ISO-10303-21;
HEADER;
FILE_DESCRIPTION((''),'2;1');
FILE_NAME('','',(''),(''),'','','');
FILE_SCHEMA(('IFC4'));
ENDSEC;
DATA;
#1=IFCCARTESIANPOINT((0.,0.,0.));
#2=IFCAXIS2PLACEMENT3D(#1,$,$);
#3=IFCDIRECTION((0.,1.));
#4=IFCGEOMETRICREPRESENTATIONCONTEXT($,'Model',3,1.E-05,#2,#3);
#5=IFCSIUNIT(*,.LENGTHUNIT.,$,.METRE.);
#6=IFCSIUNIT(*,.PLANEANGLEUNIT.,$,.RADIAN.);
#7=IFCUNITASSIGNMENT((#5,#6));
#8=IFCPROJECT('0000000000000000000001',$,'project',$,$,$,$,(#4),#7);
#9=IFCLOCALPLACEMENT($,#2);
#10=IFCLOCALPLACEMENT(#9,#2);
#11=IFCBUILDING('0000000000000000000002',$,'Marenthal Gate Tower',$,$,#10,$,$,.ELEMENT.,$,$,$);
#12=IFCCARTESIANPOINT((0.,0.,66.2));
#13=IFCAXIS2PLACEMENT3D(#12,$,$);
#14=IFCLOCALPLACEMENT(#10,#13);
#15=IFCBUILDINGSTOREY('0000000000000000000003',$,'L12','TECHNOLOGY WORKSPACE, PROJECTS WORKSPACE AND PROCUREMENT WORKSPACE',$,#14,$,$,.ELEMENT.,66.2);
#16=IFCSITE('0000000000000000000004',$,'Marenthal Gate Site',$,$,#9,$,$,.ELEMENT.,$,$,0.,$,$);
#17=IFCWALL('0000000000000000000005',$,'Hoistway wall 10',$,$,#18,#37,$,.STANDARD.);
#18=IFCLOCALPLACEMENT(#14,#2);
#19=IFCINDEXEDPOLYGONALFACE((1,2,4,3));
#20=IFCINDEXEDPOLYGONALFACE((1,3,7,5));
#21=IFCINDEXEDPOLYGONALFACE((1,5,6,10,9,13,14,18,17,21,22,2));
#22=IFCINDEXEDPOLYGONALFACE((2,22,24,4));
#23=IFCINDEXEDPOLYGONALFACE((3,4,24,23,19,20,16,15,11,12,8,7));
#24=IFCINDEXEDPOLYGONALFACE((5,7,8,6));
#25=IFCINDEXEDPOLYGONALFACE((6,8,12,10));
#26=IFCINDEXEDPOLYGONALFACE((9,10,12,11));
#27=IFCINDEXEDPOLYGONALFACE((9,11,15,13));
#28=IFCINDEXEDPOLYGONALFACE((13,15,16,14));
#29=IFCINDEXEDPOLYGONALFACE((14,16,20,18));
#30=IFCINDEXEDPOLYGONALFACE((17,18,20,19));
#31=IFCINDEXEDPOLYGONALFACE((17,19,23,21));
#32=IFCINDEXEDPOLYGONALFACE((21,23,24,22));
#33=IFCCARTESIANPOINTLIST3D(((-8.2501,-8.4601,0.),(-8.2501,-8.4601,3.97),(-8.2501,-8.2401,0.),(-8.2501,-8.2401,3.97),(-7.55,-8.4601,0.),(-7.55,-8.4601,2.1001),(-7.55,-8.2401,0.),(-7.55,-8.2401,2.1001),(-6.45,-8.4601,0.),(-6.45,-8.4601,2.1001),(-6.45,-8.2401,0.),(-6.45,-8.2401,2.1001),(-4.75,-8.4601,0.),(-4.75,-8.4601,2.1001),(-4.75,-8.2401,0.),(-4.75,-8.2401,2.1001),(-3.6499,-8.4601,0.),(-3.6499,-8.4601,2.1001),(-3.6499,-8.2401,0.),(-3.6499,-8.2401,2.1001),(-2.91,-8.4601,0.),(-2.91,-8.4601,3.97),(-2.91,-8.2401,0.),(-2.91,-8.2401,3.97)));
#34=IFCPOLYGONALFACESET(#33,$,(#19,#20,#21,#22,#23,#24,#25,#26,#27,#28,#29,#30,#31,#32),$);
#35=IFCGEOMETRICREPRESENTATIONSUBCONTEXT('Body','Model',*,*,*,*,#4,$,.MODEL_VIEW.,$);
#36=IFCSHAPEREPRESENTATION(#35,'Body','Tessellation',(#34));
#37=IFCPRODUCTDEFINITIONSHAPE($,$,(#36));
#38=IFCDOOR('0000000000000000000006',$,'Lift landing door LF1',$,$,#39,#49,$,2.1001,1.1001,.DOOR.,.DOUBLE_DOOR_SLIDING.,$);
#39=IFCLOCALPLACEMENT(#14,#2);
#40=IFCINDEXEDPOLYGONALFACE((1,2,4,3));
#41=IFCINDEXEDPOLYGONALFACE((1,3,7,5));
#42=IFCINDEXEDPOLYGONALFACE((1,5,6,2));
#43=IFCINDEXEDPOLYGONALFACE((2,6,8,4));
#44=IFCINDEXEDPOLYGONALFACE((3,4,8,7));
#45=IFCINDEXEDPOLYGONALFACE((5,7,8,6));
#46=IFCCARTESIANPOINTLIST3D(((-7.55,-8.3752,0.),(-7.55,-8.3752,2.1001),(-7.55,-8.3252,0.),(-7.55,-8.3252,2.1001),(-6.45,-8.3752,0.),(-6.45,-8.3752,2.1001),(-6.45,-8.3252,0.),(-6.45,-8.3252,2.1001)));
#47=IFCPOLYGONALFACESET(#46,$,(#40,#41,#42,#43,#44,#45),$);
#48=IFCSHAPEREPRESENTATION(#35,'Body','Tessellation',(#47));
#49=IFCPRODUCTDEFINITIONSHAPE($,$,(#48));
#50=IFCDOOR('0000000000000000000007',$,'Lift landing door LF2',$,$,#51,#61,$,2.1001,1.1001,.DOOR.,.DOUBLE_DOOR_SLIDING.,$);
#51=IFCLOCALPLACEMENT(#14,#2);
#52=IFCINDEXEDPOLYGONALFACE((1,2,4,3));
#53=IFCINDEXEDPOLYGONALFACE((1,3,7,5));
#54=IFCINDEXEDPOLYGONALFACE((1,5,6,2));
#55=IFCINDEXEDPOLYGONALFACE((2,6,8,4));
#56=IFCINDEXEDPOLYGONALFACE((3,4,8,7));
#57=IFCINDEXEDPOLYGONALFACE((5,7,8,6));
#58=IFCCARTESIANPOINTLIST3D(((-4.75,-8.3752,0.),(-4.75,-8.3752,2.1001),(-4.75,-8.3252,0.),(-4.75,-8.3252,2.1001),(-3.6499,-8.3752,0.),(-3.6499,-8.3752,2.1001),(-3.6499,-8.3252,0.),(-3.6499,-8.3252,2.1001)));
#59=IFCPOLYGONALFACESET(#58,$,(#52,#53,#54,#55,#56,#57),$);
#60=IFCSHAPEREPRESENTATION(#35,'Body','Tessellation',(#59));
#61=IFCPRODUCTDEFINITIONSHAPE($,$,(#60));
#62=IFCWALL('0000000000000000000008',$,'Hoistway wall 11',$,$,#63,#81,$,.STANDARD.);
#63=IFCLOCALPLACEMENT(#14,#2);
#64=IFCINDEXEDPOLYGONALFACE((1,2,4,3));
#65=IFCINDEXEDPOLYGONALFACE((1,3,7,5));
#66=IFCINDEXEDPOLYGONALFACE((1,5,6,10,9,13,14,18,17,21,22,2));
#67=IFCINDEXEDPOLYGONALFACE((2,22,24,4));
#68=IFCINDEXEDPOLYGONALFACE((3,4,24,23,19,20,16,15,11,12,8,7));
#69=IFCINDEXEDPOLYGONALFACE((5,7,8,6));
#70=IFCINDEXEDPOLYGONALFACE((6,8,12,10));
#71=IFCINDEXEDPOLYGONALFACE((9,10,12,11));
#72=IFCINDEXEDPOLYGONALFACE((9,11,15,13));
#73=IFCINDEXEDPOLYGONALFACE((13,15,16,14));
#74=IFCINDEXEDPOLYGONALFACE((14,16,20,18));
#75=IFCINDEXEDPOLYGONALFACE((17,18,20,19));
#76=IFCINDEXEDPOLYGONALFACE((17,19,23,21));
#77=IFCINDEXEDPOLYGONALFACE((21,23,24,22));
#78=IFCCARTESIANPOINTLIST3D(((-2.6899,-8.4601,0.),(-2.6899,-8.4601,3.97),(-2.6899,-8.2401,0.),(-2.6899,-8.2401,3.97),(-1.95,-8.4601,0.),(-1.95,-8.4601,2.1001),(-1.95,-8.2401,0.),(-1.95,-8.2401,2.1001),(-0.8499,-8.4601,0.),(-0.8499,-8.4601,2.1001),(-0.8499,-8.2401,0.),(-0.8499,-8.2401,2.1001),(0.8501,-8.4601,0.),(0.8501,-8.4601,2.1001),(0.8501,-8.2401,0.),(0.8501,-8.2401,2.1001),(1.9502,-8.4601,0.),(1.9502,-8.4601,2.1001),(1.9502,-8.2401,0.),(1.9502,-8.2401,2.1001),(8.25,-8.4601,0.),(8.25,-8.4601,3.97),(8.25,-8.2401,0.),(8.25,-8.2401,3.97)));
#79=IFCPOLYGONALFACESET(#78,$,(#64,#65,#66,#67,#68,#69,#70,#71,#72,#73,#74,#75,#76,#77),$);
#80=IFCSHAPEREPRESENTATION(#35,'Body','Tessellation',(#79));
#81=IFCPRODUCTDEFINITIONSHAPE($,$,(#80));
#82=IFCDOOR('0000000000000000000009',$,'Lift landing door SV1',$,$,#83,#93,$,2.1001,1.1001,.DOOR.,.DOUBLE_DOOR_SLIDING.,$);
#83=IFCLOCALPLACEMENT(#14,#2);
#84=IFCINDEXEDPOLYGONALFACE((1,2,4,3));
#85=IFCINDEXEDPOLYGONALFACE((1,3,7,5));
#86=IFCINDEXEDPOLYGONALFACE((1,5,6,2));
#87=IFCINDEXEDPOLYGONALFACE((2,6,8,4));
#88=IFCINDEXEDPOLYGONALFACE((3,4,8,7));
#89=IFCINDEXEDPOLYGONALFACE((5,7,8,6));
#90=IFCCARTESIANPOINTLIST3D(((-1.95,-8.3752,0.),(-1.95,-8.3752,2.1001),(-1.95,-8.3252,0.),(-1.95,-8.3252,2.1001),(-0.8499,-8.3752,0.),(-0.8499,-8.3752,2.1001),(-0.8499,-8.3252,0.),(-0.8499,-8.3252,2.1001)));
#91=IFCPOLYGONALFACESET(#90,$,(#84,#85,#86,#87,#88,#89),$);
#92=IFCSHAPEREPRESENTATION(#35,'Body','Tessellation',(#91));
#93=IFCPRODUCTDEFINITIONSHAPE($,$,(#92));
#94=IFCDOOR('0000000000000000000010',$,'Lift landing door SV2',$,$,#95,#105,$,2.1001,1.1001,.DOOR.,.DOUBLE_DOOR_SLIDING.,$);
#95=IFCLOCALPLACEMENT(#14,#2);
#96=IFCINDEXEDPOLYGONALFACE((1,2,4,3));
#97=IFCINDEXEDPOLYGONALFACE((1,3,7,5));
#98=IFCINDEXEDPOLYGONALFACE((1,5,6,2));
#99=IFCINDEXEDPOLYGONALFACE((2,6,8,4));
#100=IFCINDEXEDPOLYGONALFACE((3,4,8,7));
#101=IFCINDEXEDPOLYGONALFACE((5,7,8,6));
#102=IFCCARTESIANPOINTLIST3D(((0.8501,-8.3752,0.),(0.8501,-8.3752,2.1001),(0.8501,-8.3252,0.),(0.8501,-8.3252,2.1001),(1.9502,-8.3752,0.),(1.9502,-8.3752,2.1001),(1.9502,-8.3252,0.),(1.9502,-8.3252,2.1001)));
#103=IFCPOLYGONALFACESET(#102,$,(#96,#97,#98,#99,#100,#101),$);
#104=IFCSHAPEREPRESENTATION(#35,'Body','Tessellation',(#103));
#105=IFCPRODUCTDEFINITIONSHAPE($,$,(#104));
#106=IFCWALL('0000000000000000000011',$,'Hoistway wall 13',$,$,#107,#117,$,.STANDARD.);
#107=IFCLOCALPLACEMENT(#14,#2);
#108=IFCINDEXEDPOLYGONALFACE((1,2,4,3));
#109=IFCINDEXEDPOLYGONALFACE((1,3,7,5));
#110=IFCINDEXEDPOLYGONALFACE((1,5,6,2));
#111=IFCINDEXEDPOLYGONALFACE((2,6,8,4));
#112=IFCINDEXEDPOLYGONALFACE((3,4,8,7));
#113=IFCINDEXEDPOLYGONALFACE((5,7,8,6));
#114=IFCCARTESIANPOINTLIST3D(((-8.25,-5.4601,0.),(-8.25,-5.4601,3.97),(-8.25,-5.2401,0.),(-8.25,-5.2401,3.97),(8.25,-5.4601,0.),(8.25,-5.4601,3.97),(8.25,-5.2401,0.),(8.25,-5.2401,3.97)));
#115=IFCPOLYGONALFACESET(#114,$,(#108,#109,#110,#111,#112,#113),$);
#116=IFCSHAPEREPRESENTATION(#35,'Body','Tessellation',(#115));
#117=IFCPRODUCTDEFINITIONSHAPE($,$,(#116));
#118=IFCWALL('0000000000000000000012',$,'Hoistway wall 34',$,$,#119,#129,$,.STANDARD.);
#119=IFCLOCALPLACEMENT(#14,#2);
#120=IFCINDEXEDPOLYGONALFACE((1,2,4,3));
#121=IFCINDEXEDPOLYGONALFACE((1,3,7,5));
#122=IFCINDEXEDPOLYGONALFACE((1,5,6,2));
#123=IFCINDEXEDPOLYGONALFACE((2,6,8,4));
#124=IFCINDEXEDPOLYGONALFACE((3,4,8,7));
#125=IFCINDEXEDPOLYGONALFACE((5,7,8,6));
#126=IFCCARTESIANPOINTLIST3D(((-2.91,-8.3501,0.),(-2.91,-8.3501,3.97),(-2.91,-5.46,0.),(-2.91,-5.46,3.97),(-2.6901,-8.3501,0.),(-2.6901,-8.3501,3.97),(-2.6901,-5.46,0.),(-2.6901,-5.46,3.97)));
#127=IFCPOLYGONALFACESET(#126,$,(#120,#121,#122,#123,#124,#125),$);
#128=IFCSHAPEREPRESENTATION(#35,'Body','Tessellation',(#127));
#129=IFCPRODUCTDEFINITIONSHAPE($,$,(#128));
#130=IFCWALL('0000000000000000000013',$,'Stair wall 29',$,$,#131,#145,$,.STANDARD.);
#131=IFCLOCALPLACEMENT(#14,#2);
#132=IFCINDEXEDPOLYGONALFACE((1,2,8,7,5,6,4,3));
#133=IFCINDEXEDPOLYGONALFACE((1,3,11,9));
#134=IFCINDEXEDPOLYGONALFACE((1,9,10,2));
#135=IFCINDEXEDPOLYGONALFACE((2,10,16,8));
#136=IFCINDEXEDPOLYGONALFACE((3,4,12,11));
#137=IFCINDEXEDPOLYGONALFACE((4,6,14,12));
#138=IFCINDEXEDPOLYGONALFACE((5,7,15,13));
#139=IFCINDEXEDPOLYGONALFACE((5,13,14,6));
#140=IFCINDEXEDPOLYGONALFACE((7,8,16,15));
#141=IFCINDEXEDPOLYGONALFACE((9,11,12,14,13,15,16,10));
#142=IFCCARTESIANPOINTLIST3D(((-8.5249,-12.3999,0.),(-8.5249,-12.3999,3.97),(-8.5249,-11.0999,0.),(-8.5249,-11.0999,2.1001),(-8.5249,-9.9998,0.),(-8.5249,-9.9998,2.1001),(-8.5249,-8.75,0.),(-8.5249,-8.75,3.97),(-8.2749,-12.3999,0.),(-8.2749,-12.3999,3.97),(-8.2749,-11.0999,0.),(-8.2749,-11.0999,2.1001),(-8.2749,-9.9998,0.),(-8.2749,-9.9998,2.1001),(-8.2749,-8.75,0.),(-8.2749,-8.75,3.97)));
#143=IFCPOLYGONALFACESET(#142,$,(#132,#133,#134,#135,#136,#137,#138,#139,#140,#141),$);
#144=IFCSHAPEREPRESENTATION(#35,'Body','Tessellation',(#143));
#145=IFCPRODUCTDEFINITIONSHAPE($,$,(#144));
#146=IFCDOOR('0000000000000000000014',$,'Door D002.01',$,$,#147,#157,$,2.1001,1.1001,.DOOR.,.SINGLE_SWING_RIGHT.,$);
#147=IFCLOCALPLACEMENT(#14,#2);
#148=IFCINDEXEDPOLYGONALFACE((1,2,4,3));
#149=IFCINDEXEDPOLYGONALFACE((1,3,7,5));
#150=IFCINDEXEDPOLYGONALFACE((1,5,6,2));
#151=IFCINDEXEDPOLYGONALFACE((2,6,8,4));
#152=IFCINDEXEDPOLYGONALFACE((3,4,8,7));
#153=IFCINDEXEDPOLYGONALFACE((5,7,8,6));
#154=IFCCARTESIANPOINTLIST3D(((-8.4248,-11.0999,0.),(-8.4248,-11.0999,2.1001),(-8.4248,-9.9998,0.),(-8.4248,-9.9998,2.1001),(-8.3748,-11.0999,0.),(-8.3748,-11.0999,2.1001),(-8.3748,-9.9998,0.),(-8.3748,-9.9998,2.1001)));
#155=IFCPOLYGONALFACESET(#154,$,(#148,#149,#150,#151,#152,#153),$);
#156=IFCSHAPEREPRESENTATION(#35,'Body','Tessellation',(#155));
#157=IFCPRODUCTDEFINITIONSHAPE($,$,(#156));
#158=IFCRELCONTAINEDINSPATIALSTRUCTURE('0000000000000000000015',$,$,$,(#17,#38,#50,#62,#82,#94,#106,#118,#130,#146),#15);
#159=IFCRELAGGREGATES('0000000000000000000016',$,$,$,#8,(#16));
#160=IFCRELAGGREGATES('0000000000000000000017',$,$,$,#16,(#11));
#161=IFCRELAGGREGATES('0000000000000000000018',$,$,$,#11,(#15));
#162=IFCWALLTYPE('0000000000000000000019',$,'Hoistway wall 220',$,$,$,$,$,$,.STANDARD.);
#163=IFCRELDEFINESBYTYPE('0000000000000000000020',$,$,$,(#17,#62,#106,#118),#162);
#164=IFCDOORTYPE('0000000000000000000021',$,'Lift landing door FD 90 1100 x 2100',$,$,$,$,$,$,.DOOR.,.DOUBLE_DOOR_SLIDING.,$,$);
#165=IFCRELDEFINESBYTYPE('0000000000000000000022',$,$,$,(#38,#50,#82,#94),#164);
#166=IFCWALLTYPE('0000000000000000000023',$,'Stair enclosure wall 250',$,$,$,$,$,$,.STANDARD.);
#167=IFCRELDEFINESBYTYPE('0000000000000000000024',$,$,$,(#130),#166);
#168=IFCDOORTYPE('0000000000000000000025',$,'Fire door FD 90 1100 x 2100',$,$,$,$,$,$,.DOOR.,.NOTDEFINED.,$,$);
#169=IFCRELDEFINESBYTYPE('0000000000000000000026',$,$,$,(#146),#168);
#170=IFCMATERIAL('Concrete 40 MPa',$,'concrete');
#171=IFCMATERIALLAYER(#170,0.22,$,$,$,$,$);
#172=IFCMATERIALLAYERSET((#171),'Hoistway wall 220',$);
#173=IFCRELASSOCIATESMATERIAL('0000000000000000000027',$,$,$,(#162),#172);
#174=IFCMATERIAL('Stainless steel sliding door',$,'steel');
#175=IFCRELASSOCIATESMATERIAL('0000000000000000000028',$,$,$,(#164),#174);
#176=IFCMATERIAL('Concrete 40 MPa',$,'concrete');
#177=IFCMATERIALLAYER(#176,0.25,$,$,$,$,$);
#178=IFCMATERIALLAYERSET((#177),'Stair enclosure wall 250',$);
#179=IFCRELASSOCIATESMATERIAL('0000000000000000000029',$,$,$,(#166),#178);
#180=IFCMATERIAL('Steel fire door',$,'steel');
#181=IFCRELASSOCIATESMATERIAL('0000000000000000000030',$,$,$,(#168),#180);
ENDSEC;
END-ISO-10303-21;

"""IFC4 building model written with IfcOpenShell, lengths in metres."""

from ifc_helpers import new_model, si_unit, direction, frame, frame_2d, origin, place, context, subcontext, project, spatial, rectangle, extrude, material, layer, layer_set, type_object, element, fill, save


model = new_model("IFC4")

# Units and contexts
model_context = context("Model", 3, precision=1e-05, world=origin(), true_north=direction((0.0, 1.0)))
body_context = subcontext(model_context, "Body", "Model", "MODEL_VIEW")
ifc_project = project(units=[si_unit("LENGTHUNIT", "METRE"), si_unit("PLANEANGLEUNIT", "RADIAN")], contexts=[model_context])

# Site, building, storey
site_placement = place(None, origin())
site = spatial("IfcSite", under=ifc_project, at=site_placement, Name="Marenthal Gate Site", CompositionType="ELEMENT", RefElevation=0.0)
building_placement = place(site_placement, origin())
building = spatial("IfcBuilding", under=site, at=building_placement, Name="Marenthal Gate Tower", CompositionType="ELEMENT")
storey_placement = place(building_placement, frame((0.0, 0.0, 66.2)))
storey = spatial("IfcBuildingStorey", under=building, at=storey_placement, Name="L12", Description="TECHNOLOGY WORKSPACE, PROJECTS WORKSPACE AND PROCUREMENT WORKSPACE", CompositionType="ELEMENT", Elevation=66.2)

# Walls, openings, doors
ifc_material_1 = material(Name="Concrete 40 MPa", Category="concrete")
ifc_layer_1 = layer(ifc_material_1, 0.22)
ifc_layer_set_1 = layer_set([ifc_layer_1], Name="Hoistway wall 220")
wall_type_1 = type_object("IfcWallType", Name="Hoistway wall 220", PredefinedType="STANDARD", material=ifc_layer_set_1)
wall_1_placement = place(storey_placement, frame((-8.25, -8.3501, 0.0), z_axis=(0.0, 0.0, 1.0), x_axis=(1.0, 0.0, 0.0)))
wall_1 = element("IfcWall", 1, at=wall_1_placement, inside=storey, type_object=wall_type_1, Name="Hoistway wall 10", PredefinedType="STANDARD", context=body_context, shape_type="SweptSolid", body=[
    extrude(rectangle(XDim=5.3401, YDim=0.22, at=frame_2d((2.6699, 0.0))), origin(), (0.0, 0.0, 1.0), 3.97),
])
opening_1_placement = place(wall_1_placement, frame((0.7, 0.0, 0.0)))
opening_1 = element("IfcOpeningElement", 2, at=opening_1_placement, cuts=wall_1, PredefinedType="OPENING", context=body_context, shape_type="SweptSolid", body=[
    extrude(rectangle(XDim=1.1001, YDim=2.1001, at=frame_2d((0.55, 1.05))), frame((0.0, 0.1201, 0.0), z_axis=(0.0, -1.0, 0.0), x_axis=(1.0, 0.0, 0.0)), (0.0, 0.0, 1.0), 0.24),
])
opening_2_placement = place(wall_1_placement, frame((3.5, 0.0, 0.0)))
opening_2 = element("IfcOpeningElement", 3, at=opening_2_placement, cuts=wall_1, PredefinedType="OPENING", context=body_context, shape_type="SweptSolid", body=[
    extrude(rectangle(XDim=1.1001, YDim=2.1001, at=frame_2d((0.55, 1.05))), frame((0.0, 0.1201, 0.0), z_axis=(0.0, -1.0, 0.0), x_axis=(1.0, 0.0, 0.0)), (0.0, 0.0, 1.0), 0.24),
])
ifc_material_2 = material(Name="Stainless steel sliding door", Category="steel")
door_type_1 = type_object("IfcDoorType", Name="Lift landing door FD 90 1100 x 2100", OperationType="DOUBLE_DOOR_SLIDING", PredefinedType="DOOR", material=ifc_material_2)
door_1_placement = place(opening_1_placement, origin())
door_1 = element("IfcDoor", 4, at=door_1_placement, inside=storey, type_object=door_type_1, Name="Lift landing door LF1", OperationType="DOUBLE_DOOR_SLIDING", OverallHeight=2.1001, OverallWidth=1.1001, PredefinedType="DOOR", context=body_context, shape_type="SweptSolid", body=[
    extrude(rectangle(XDim=1.1001, YDim=2.1001, at=frame_2d((0.55, 1.05))), frame((0.0, 0.0249, 0.0), z_axis=(0.0, -1.0, 0.0), x_axis=(1.0, 0.0, 0.0)), (0.0, 0.0, 1.0), 0.05),
])
fill(opening_1, door_1)
door_2_placement = place(opening_2_placement, origin())
door_2 = element("IfcDoor", 5, at=door_2_placement, inside=storey, type_object=door_type_1, Name="Lift landing door LF2", OperationType="DOUBLE_DOOR_SLIDING", OverallHeight=2.1001, OverallWidth=1.1001, PredefinedType="DOOR", context=body_context, shape_type="SweptSolid", body=[
    extrude(rectangle(XDim=1.1001, YDim=2.1001, at=frame_2d((0.55, 1.05))), frame((0.0, 0.0249, 0.0), z_axis=(0.0, -1.0, 0.0), x_axis=(1.0, 0.0, 0.0)), (0.0, 0.0, 1.0), 0.05),
])
fill(opening_2, door_2)
wall_2_placement = place(storey_placement, frame((-2.6899, -8.3501, 0.0), z_axis=(0.0, 0.0, 1.0), x_axis=(1.0, 0.0, 0.0)))
wall_2 = element("IfcWall", 6, at=wall_2_placement, inside=storey, type_object=wall_type_1, Name="Hoistway wall 11", PredefinedType="STANDARD", context=body_context, shape_type="SweptSolid", body=[
    extrude(rectangle(XDim=10.9399, YDim=0.22, at=frame_2d((5.47, 0.0))), origin(), (0.0, 0.0, 1.0), 3.97),
])
opening_3_placement = place(wall_2_placement, frame((0.74, 0.0, 0.0)))
opening_3 = element("IfcOpeningElement", 7, at=opening_3_placement, cuts=wall_2, PredefinedType="OPENING", context=body_context, shape_type="SweptSolid", body=[
    extrude(rectangle(XDim=1.1001, YDim=2.1001, at=frame_2d((0.55, 1.05))), frame((0.0, 0.1201, 0.0), z_axis=(0.0, -1.0, 0.0), x_axis=(1.0, 0.0, 0.0)), (0.0, 0.0, 1.0), 0.24),
])
opening_4_placement = place(wall_2_placement, frame((3.54, 0.0, 0.0)))
opening_4 = element("IfcOpeningElement", 8, at=opening_4_placement, cuts=wall_2, PredefinedType="OPENING", context=body_context, shape_type="SweptSolid", body=[
    extrude(rectangle(XDim=1.1001, YDim=2.1001, at=frame_2d((0.55, 1.05))), frame((0.0, 0.1201, 0.0), z_axis=(0.0, -1.0, 0.0), x_axis=(1.0, 0.0, 0.0)), (0.0, 0.0, 1.0), 0.24),
])
door_3_placement = place(opening_3_placement, origin())
door_3 = element("IfcDoor", 9, at=door_3_placement, inside=storey, type_object=door_type_1, Name="Lift landing door SV1", OperationType="DOUBLE_DOOR_SLIDING", OverallHeight=2.1001, OverallWidth=1.1001, PredefinedType="DOOR", context=body_context, shape_type="SweptSolid", body=[
    extrude(rectangle(XDim=1.1001, YDim=2.1001, at=frame_2d((0.55, 1.05))), frame((0.0, 0.0249, 0.0), z_axis=(0.0, -1.0, 0.0), x_axis=(1.0, 0.0, 0.0)), (0.0, 0.0, 1.0), 0.05),
])
fill(opening_3, door_3)
door_4_placement = place(opening_4_placement, origin())
door_4 = element("IfcDoor", 10, at=door_4_placement, inside=storey, type_object=door_type_1, Name="Lift landing door SV2", OperationType="DOUBLE_DOOR_SLIDING", OverallHeight=2.1001, OverallWidth=1.1001, PredefinedType="DOOR", context=body_context, shape_type="SweptSolid", body=[
    extrude(rectangle(XDim=1.1001, YDim=2.1001, at=frame_2d((0.55, 1.05))), frame((0.0, 0.0249, 0.0), z_axis=(0.0, -1.0, 0.0), x_axis=(1.0, 0.0, 0.0)), (0.0, 0.0, 1.0), 0.05),
])
fill(opening_4, door_4)

# Walls
wall_3_placement = place(storey_placement, frame((-8.25, -5.3501, 0.0), z_axis=(0.0, 0.0, 1.0), x_axis=(1.0, 0.0, 0.0)))
element("IfcWall", 11, at=wall_3_placement, inside=storey, type_object=wall_type_1, Name="Hoistway wall 13", PredefinedType="STANDARD", context=body_context, shape_type="SweptSolid", body=[
    extrude(rectangle(XDim=16.5, YDim=0.22, at=frame_2d((8.25, 0.0))), origin(), (0.0, 0.0, 1.0), 3.97),
])
wall_4_placement = place(storey_placement, frame((-2.8, -8.3501, 0.0), z_axis=(0.0, 0.0, 1.0), x_axis=(0.0, 1.0, 0.0)))
element("IfcWall", 12, at=wall_4_placement, inside=storey, type_object=wall_type_1, Name="Hoistway wall 34", PredefinedType="STANDARD", context=body_context, shape_type="SweptSolid", body=[
    extrude(rectangle(XDim=2.8901, YDim=0.22, at=frame_2d((1.4451, 0.0))), origin(), (0.0, 0.0, 1.0), 3.97),
])

# Wall, opening, door
ifc_material_3 = material(Name="Concrete 40 MPa", Category="concrete")
ifc_layer_2 = layer(ifc_material_3, 0.25)
ifc_layer_set_2 = layer_set([ifc_layer_2], Name="Stair enclosure wall 250")
wall_type_2 = type_object("IfcWallType", Name="Stair enclosure wall 250", PredefinedType="STANDARD", material=ifc_layer_set_2)
wall_5_placement = place(storey_placement, frame((-8.3999, -12.3999, 0.0), z_axis=(0.0, 0.0, 1.0), x_axis=(0.0, 1.0, 0.0)))
wall_5 = element("IfcWall", 13, at=wall_5_placement, inside=storey, type_object=wall_type_2, Name="Stair wall 29", PredefinedType="STANDARD", context=body_context, shape_type="SweptSolid", body=[
    extrude(rectangle(XDim=3.6499, YDim=0.25, at=frame_2d((1.825, 0.0))), origin(), (0.0, 0.0, 1.0), 3.97),
])
opening_5_placement = place(wall_5_placement, frame((1.3, 0.0, 0.0)))
opening_5 = element("IfcOpeningElement", 14, at=opening_5_placement, cuts=wall_5, PredefinedType="OPENING", context=body_context, shape_type="SweptSolid", body=[
    extrude(rectangle(XDim=1.1001, YDim=2.1001, at=frame_2d((0.55, 1.05))), frame((0.0, 0.135, 0.0), z_axis=(0.0, -1.0, 0.0), x_axis=(1.0, 0.0, 0.0)), (0.0, 0.0, 1.0), 0.27),
])
ifc_material_4 = material(Name="Steel fire door", Category="steel")
door_type_2 = type_object("IfcDoorType", Name="Fire door FD 90 1100 x 2100", OperationType="NOTDEFINED", PredefinedType="DOOR", material=ifc_material_4)
door_5_placement = place(opening_5_placement, origin())
door_5 = element("IfcDoor", 15, at=door_5_placement, inside=storey, type_object=door_type_2, Name="Door D002.01", OperationType="SINGLE_SWING_RIGHT", OverallHeight=2.1001, OverallWidth=1.1001, PredefinedType="DOOR", context=body_context, shape_type="SweptSolid", body=[
    extrude(rectangle(XDim=1.1001, YDim=2.1001, at=frame_2d((0.55, 1.05))), frame((0.0, 0.0249, 0.0), z_axis=(0.0, -1.0, 0.0), x_axis=(1.0, 0.0, 0.0)), (0.0, 0.0, 1.0), 0.05),
])
fill(opening_5, door_5)

save(model, "model.ifc")
